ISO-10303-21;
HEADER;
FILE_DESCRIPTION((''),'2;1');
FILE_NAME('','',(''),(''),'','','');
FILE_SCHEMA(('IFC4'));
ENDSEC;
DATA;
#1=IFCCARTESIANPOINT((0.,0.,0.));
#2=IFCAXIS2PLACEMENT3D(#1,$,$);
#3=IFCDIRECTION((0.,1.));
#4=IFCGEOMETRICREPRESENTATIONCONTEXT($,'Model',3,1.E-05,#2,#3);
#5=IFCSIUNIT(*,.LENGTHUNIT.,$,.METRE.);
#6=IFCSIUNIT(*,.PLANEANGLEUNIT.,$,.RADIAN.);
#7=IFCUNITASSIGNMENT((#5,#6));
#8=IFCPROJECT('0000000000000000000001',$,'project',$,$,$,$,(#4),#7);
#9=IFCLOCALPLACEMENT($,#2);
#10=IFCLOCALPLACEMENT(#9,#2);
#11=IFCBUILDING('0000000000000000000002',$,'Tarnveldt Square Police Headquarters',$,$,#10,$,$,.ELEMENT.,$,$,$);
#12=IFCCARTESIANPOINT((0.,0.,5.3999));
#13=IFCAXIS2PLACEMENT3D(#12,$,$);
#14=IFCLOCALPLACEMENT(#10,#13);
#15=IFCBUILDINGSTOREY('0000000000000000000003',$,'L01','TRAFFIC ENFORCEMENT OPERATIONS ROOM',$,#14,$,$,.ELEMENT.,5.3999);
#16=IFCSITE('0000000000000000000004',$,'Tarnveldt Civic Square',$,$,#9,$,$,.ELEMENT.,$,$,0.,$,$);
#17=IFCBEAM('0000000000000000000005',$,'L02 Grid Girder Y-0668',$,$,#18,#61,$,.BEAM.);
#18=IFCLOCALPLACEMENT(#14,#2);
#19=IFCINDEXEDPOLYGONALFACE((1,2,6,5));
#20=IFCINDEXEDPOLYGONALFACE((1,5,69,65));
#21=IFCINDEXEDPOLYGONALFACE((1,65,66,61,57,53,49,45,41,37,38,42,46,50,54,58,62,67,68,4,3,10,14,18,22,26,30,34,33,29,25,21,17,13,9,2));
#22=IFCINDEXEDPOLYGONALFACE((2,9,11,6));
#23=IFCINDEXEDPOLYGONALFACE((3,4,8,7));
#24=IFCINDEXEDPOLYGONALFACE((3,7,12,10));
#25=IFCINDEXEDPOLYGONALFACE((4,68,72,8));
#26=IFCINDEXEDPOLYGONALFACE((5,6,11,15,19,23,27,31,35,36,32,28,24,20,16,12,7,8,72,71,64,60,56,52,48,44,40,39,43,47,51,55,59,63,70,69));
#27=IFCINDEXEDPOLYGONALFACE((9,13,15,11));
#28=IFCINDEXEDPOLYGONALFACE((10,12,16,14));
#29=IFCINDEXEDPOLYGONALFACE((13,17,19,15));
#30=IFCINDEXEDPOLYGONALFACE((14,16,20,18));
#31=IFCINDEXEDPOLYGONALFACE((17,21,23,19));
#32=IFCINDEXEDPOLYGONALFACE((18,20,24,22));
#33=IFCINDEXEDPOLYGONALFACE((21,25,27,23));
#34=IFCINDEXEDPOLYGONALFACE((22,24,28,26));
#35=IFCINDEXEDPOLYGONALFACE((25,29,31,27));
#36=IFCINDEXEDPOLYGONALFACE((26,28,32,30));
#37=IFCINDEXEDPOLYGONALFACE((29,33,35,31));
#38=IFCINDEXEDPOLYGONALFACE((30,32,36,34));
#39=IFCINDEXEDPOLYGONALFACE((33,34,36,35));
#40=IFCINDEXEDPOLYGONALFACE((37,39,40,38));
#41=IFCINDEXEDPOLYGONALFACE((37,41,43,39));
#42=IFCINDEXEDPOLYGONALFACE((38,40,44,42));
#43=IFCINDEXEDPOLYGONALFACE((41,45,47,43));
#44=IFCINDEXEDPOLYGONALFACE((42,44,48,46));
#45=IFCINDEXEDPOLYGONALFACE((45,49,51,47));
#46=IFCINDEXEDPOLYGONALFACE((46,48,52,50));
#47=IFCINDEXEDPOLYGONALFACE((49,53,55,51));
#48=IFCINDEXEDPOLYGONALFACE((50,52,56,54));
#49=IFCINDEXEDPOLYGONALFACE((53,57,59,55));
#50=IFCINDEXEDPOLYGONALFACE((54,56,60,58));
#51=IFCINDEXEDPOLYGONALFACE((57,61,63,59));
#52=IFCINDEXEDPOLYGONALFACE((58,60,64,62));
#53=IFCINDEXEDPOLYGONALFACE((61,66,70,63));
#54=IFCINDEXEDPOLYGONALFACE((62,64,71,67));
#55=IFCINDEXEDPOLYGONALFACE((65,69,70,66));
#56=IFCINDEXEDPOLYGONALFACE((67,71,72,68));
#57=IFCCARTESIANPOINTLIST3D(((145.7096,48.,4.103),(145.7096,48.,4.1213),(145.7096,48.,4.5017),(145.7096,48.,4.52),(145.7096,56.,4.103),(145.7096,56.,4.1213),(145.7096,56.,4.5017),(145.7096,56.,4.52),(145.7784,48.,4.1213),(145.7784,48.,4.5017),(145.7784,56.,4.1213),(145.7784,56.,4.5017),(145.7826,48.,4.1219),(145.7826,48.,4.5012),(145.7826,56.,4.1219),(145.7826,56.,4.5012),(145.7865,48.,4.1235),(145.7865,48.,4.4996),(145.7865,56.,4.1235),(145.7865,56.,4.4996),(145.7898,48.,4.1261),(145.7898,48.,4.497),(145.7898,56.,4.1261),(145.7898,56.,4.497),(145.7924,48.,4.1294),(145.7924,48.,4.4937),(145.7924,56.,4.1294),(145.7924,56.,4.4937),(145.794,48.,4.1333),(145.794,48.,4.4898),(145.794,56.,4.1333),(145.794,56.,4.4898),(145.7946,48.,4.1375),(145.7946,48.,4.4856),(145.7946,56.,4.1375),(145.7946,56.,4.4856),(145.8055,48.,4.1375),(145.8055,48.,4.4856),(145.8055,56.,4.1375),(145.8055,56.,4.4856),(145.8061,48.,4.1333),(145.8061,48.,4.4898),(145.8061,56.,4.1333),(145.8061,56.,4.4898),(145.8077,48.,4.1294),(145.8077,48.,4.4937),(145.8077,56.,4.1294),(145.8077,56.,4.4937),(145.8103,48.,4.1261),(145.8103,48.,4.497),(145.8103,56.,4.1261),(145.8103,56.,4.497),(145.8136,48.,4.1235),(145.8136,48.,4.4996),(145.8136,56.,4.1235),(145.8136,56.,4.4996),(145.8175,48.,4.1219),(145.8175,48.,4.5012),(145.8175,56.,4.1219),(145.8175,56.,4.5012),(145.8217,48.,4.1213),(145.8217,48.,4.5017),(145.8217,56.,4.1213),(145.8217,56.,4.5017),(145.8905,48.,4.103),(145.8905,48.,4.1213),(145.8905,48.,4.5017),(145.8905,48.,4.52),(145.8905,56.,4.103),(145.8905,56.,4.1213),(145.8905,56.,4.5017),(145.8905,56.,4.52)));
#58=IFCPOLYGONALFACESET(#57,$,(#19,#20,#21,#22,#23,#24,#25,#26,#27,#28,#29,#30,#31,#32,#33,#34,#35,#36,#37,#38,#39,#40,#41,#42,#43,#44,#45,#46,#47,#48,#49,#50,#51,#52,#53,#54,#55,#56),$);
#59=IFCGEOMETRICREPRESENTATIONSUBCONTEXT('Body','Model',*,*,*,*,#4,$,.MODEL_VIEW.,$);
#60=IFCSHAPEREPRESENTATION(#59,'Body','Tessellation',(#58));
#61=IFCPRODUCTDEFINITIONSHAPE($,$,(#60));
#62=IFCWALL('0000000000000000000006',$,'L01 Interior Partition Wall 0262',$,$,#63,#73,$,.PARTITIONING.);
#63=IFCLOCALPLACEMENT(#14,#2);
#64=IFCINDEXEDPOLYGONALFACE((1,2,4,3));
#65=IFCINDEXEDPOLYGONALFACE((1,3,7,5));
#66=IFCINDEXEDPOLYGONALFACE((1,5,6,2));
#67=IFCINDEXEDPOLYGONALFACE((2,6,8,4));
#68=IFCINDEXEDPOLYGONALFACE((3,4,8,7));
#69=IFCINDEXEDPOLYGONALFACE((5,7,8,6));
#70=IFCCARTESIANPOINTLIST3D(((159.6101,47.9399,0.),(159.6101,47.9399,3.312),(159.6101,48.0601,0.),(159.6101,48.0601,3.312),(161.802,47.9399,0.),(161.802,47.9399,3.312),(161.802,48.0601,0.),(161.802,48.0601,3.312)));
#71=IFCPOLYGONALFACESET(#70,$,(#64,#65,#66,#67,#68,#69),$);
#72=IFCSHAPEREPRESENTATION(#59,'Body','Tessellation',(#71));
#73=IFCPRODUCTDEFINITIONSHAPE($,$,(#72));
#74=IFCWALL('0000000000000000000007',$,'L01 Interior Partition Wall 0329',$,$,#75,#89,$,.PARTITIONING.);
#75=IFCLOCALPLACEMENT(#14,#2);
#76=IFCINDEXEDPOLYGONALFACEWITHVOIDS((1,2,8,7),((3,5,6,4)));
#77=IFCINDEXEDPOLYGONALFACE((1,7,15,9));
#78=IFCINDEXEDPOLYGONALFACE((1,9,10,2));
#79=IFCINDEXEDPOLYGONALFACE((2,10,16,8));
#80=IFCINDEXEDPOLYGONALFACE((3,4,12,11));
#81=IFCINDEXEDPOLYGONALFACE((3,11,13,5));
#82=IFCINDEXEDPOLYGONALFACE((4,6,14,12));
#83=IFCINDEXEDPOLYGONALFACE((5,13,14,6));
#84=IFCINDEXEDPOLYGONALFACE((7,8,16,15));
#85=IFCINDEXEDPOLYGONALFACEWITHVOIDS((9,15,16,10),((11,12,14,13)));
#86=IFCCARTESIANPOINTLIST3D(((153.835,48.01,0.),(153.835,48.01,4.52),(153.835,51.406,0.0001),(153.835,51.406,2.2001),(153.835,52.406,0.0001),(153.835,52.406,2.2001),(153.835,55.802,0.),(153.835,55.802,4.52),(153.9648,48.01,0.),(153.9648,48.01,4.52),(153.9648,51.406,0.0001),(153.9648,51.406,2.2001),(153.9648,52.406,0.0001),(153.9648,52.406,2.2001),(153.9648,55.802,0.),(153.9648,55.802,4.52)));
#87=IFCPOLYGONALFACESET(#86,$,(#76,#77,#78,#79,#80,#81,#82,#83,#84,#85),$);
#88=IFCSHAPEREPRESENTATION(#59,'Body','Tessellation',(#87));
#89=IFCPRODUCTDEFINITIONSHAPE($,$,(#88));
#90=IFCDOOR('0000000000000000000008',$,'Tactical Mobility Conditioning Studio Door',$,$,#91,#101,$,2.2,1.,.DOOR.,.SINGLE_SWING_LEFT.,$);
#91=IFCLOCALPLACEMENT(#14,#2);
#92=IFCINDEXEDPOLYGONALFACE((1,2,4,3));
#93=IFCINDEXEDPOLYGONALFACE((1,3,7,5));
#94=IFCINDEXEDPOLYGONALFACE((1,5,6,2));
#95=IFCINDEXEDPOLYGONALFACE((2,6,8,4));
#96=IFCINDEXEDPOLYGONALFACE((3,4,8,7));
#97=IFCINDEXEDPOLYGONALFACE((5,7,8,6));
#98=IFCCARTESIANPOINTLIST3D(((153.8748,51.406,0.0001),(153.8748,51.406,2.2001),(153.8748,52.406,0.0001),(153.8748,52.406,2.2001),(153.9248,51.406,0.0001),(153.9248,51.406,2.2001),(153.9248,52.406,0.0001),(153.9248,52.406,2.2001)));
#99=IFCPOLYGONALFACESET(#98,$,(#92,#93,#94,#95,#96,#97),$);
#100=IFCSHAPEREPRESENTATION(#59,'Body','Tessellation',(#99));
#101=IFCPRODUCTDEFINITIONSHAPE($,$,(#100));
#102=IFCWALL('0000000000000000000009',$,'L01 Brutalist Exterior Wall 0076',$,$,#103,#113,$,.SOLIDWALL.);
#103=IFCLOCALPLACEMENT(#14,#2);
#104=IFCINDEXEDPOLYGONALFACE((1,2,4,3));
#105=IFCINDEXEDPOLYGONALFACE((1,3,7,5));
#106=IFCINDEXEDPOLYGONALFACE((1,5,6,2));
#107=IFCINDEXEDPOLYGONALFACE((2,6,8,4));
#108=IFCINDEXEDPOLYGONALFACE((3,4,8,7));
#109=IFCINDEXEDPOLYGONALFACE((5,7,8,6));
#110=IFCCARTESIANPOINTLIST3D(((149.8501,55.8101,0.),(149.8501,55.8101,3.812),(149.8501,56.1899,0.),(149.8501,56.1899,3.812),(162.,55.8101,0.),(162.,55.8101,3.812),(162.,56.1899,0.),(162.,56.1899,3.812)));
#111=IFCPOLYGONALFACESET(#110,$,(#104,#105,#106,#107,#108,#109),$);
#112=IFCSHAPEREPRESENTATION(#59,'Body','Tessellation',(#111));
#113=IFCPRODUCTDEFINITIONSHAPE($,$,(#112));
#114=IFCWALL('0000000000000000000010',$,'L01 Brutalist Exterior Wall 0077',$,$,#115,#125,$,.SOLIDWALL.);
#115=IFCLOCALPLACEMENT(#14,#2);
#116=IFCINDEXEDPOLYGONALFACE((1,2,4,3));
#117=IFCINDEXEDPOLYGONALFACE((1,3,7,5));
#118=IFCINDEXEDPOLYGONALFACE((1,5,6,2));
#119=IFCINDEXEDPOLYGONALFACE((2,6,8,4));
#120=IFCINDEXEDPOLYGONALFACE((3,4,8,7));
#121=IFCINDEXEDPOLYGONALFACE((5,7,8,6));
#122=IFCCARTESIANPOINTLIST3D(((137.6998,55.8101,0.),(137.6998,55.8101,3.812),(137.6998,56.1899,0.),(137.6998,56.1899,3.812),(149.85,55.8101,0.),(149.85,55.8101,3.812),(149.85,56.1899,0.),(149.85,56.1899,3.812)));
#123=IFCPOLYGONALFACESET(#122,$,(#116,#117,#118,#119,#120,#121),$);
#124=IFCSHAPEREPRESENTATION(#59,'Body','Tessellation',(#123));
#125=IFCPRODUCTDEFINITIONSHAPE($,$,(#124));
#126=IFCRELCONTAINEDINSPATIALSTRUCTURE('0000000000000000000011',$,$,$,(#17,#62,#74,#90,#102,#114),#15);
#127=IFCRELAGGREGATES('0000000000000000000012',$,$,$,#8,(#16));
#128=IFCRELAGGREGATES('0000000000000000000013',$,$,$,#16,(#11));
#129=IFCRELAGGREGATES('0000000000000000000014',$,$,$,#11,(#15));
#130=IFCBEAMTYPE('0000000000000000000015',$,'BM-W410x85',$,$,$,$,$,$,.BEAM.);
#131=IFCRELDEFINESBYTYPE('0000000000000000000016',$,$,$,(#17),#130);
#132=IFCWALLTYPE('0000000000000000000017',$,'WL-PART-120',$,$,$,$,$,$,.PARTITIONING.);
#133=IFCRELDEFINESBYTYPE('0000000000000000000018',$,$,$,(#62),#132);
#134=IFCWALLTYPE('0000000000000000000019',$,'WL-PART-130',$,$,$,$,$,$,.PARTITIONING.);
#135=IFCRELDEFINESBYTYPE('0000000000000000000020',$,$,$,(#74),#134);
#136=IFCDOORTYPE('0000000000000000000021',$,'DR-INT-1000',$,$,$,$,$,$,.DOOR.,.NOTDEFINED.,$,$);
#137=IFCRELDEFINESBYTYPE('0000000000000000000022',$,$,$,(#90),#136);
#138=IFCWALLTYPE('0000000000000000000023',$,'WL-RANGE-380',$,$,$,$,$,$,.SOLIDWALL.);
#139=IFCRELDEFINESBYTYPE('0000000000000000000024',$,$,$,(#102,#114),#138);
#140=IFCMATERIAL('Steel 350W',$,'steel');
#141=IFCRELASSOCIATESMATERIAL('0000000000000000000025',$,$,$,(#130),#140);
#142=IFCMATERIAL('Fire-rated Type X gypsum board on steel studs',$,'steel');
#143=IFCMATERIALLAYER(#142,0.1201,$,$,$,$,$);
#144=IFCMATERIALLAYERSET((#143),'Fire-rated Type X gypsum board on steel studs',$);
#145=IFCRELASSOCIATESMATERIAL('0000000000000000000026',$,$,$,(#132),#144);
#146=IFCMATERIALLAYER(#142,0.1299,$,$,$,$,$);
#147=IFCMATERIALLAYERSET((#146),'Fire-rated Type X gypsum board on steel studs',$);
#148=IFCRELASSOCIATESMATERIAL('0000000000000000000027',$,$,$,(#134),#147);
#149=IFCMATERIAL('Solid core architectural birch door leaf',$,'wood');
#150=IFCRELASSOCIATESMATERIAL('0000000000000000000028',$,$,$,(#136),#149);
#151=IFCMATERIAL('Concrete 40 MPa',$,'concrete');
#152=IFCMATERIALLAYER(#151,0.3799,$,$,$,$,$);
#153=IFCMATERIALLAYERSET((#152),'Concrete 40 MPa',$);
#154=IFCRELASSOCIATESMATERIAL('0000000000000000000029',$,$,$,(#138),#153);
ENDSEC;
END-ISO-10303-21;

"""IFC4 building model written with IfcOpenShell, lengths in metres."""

from ifc_helpers import new_model, si_unit, direction, frame, frame_2d, origin, origin_2d, place, context, subcontext, project, spatial, rectangle, i_section, extrude, material, layer, layer_set, material_profile, profile_set, type_object, element, fill, save


model = new_model("IFC4")

# Units and contexts
model_context = context("Model", 3, precision=1e-05, world=origin(), true_north=direction((0.0, 1.0)))
body_context = subcontext(model_context, "Body", "Model", "MODEL_VIEW")
ifc_project = project(units=[si_unit("LENGTHUNIT", "METRE"), si_unit("PLANEANGLEUNIT", "RADIAN")], contexts=[model_context])

# Site, building, storey
site_placement = place(None, origin())
site = spatial("IfcSite", under=ifc_project, at=site_placement, Name="Tarnveldt Civic Square", CompositionType="ELEMENT", RefElevation=0.0)
building_placement = place(site_placement, origin())
building = spatial("IfcBuilding", under=site, at=building_placement, Name="Tarnveldt Square Police Headquarters", CompositionType="ELEMENT")
storey_placement = place(building_placement, frame((0.0, 0.0, 5.3999)))
storey = spatial("IfcBuildingStorey", under=building, at=storey_placement, Name="L01", Description="TRAFFIC ENFORCEMENT OPERATIONS ROOM", CompositionType="ELEMENT", Elevation=5.3999)

# Shared definitions
ifc_material_1 = material(Name="Steel 350W", Category="steel")

# Beam
ifc_material_2 = material(Name="Concrete 40 MPa", Category="concrete")
ifc_material_profile_1 = material_profile(ifc_material_1, i_section(OverallWidth=0.1809, OverallDepth=0.417, WebThickness=0.011, FlangeThickness=0.0183, FilletRadius=0.0161, at=origin_2d()), Name="W410x85")
ifc_profile_set_1 = profile_set([ifc_material_profile_1], Name="Steel 350W")
beam_type_1 = type_object("IfcBeamType", Name="BM-W410x85", PredefinedType="BEAM", material=ifc_profile_set_1)
beam_1_placement = place(storey_placement, frame((145.8, 48.0, 4.3115), z_axis=(0.0, 1.0, 0.0), x_axis=(-1.0, 0.0, 0.0)))
element("IfcBeam", 1, at=beam_1_placement, inside=storey, type_object=beam_type_1, Name="L02 Grid Girder Y-0668", PredefinedType="BEAM", context=body_context, shape_type="SweptSolid", body=[
    extrude(i_section(OverallWidth=0.1809, OverallDepth=0.417, WebThickness=0.011, FlangeThickness=0.0183, FilletRadius=0.0161, at=origin_2d()), origin(), (0.0, 0.0, 1.0), 8.0),
])

# Wall
ifc_material_3 = material(Name="Fire-rated Type X gypsum board on steel studs", Category="steel")
ifc_layer_1 = layer(ifc_material_3, 0.1201)
ifc_layer_set_1 = layer_set([ifc_layer_1], Name="Fire-rated Type X gypsum board on steel studs")
wall_type_1 = type_object("IfcWallType", Name="WL-PART-120", PredefinedType="PARTITIONING", material=ifc_layer_set_1)
wall_1_placement = place(storey_placement, frame((159.6101, 48.0, 0.0), z_axis=(0.0, 0.0, 1.0), x_axis=(1.0, 0.0, 0.0)))
element("IfcWall", 2, at=wall_1_placement, inside=storey, type_object=wall_type_1, Name="L01 Interior Partition Wall 0262", PredefinedType="PARTITIONING", context=body_context, shape_type="SweptSolid", body=[
    extrude(rectangle(XDim=2.1919, YDim=0.1201, at=frame_2d((1.0959, 0.0))), origin(), (0.0, 0.0, 1.0), 3.312),
])

# Wall, opening, door
ifc_layer_2 = layer(ifc_material_3, 0.1299)
ifc_layer_set_2 = layer_set([ifc_layer_2], Name="Fire-rated Type X gypsum board on steel studs")
wall_type_2 = type_object("IfcWallType", Name="WL-PART-130", PredefinedType="PARTITIONING", material=ifc_layer_set_2)
wall_2_placement = place(storey_placement, frame((153.8999, 48.01, 0.0), z_axis=(0.0, 0.0, 1.0), x_axis=(0.0, 1.0, 0.0)))
wall_2 = element("IfcWall", 3, at=wall_2_placement, inside=storey, type_object=wall_type_2, Name="L01 Interior Partition Wall 0329", PredefinedType="PARTITIONING", context=body_context, shape_type="SweptSolid", body=[
    extrude(rectangle(XDim=7.792, YDim=0.1299, at=frame_2d((3.896, 0.0))), origin(), (0.0, 0.0, 1.0), 4.52),
])
opening_placement = place(wall_2_placement, frame((3.396, 0.0, 0.0)))
opening = element("IfcOpeningElement", 4, at=opening_placement, cuts=wall_2, PredefinedType="OPENING", context=body_context, shape_type="SweptSolid", body=[
    extrude(rectangle(XDim=1.0, YDim=2.2, at=frame_2d((0.5, 1.1001))), frame((0.0, 0.075, 0.0), z_axis=(0.0, -1.0, 0.0), x_axis=(1.0, 0.0, 0.0)), (0.0, 0.0, 1.0), 0.1499),
])
ifc_material_4 = material(Name="Solid core architectural birch door leaf", Category="wood")
door_type = type_object("IfcDoorType", Name="DR-INT-1000", OperationType="NOTDEFINED", PredefinedType="DOOR", material=ifc_material_4)
door_placement = place(opening_placement, frame((1.0, 0.0, 0.0), z_axis=(0.0, 0.0, 1.0), x_axis=(-1.0, 0.0, 0.0)))
door = element("IfcDoor", 5, at=door_placement, inside=storey, type_object=door_type, Name="Tactical Mobility Conditioning Studio Door", OperationType="SINGLE_SWING_LEFT", OverallHeight=2.2, OverallWidth=1.0, PredefinedType="DOOR", context=body_context, shape_type="SweptSolid", body=[
    extrude(rectangle(XDim=1.0, YDim=2.2, at=frame_2d((0.5, 1.1001))), frame((0.0, 0.0249, 0.0), z_axis=(0.0, -1.0, 0.0), x_axis=(1.0, 0.0, 0.0)), (0.0, 0.0, 1.0), 0.05),
])
fill(opening, door)

# Walls
ifc_layer_3 = layer(ifc_material_2, 0.3799)
ifc_layer_set_3 = layer_set([ifc_layer_3], Name="Concrete 40 MPa")
wall_type_3 = type_object("IfcWallType", Name="WL-RANGE-380", PredefinedType="SOLIDWALL", material=ifc_layer_set_3)
wall_3_placement = place(storey_placement, frame((162.0, 56.0, 0.0), z_axis=(0.0, 0.0, 1.0), x_axis=(-1.0, 0.0, 0.0)))
element("IfcWall", 6, at=wall_3_placement, inside=storey, type_object=wall_type_3, Name="L01 Brutalist Exterior Wall 0076", PredefinedType="SOLIDWALL", context=body_context, shape_type="SweptSolid", body=[
    extrude(rectangle(XDim=12.1499, YDim=0.3799, at=frame_2d((6.075, 0.0))), origin(), (0.0, 0.0, 1.0), 3.812),
])
wall_4_placement = place(storey_placement, frame((149.8501, 56.0, 0.0), z_axis=(0.0, 0.0, 1.0), x_axis=(-1.0, 0.0, 0.0)))
element("IfcWall", 7, at=wall_4_placement, inside=storey, type_object=wall_type_3, Name="L01 Brutalist Exterior Wall 0077", PredefinedType="SOLIDWALL", context=body_context, shape_type="SweptSolid", body=[
    extrude(rectangle(XDim=12.1501, YDim=0.3799, at=frame_2d((6.0752, 0.0))), origin(), (0.0, 0.0, 1.0), 3.812),
])

save(model, "model.ifc")
